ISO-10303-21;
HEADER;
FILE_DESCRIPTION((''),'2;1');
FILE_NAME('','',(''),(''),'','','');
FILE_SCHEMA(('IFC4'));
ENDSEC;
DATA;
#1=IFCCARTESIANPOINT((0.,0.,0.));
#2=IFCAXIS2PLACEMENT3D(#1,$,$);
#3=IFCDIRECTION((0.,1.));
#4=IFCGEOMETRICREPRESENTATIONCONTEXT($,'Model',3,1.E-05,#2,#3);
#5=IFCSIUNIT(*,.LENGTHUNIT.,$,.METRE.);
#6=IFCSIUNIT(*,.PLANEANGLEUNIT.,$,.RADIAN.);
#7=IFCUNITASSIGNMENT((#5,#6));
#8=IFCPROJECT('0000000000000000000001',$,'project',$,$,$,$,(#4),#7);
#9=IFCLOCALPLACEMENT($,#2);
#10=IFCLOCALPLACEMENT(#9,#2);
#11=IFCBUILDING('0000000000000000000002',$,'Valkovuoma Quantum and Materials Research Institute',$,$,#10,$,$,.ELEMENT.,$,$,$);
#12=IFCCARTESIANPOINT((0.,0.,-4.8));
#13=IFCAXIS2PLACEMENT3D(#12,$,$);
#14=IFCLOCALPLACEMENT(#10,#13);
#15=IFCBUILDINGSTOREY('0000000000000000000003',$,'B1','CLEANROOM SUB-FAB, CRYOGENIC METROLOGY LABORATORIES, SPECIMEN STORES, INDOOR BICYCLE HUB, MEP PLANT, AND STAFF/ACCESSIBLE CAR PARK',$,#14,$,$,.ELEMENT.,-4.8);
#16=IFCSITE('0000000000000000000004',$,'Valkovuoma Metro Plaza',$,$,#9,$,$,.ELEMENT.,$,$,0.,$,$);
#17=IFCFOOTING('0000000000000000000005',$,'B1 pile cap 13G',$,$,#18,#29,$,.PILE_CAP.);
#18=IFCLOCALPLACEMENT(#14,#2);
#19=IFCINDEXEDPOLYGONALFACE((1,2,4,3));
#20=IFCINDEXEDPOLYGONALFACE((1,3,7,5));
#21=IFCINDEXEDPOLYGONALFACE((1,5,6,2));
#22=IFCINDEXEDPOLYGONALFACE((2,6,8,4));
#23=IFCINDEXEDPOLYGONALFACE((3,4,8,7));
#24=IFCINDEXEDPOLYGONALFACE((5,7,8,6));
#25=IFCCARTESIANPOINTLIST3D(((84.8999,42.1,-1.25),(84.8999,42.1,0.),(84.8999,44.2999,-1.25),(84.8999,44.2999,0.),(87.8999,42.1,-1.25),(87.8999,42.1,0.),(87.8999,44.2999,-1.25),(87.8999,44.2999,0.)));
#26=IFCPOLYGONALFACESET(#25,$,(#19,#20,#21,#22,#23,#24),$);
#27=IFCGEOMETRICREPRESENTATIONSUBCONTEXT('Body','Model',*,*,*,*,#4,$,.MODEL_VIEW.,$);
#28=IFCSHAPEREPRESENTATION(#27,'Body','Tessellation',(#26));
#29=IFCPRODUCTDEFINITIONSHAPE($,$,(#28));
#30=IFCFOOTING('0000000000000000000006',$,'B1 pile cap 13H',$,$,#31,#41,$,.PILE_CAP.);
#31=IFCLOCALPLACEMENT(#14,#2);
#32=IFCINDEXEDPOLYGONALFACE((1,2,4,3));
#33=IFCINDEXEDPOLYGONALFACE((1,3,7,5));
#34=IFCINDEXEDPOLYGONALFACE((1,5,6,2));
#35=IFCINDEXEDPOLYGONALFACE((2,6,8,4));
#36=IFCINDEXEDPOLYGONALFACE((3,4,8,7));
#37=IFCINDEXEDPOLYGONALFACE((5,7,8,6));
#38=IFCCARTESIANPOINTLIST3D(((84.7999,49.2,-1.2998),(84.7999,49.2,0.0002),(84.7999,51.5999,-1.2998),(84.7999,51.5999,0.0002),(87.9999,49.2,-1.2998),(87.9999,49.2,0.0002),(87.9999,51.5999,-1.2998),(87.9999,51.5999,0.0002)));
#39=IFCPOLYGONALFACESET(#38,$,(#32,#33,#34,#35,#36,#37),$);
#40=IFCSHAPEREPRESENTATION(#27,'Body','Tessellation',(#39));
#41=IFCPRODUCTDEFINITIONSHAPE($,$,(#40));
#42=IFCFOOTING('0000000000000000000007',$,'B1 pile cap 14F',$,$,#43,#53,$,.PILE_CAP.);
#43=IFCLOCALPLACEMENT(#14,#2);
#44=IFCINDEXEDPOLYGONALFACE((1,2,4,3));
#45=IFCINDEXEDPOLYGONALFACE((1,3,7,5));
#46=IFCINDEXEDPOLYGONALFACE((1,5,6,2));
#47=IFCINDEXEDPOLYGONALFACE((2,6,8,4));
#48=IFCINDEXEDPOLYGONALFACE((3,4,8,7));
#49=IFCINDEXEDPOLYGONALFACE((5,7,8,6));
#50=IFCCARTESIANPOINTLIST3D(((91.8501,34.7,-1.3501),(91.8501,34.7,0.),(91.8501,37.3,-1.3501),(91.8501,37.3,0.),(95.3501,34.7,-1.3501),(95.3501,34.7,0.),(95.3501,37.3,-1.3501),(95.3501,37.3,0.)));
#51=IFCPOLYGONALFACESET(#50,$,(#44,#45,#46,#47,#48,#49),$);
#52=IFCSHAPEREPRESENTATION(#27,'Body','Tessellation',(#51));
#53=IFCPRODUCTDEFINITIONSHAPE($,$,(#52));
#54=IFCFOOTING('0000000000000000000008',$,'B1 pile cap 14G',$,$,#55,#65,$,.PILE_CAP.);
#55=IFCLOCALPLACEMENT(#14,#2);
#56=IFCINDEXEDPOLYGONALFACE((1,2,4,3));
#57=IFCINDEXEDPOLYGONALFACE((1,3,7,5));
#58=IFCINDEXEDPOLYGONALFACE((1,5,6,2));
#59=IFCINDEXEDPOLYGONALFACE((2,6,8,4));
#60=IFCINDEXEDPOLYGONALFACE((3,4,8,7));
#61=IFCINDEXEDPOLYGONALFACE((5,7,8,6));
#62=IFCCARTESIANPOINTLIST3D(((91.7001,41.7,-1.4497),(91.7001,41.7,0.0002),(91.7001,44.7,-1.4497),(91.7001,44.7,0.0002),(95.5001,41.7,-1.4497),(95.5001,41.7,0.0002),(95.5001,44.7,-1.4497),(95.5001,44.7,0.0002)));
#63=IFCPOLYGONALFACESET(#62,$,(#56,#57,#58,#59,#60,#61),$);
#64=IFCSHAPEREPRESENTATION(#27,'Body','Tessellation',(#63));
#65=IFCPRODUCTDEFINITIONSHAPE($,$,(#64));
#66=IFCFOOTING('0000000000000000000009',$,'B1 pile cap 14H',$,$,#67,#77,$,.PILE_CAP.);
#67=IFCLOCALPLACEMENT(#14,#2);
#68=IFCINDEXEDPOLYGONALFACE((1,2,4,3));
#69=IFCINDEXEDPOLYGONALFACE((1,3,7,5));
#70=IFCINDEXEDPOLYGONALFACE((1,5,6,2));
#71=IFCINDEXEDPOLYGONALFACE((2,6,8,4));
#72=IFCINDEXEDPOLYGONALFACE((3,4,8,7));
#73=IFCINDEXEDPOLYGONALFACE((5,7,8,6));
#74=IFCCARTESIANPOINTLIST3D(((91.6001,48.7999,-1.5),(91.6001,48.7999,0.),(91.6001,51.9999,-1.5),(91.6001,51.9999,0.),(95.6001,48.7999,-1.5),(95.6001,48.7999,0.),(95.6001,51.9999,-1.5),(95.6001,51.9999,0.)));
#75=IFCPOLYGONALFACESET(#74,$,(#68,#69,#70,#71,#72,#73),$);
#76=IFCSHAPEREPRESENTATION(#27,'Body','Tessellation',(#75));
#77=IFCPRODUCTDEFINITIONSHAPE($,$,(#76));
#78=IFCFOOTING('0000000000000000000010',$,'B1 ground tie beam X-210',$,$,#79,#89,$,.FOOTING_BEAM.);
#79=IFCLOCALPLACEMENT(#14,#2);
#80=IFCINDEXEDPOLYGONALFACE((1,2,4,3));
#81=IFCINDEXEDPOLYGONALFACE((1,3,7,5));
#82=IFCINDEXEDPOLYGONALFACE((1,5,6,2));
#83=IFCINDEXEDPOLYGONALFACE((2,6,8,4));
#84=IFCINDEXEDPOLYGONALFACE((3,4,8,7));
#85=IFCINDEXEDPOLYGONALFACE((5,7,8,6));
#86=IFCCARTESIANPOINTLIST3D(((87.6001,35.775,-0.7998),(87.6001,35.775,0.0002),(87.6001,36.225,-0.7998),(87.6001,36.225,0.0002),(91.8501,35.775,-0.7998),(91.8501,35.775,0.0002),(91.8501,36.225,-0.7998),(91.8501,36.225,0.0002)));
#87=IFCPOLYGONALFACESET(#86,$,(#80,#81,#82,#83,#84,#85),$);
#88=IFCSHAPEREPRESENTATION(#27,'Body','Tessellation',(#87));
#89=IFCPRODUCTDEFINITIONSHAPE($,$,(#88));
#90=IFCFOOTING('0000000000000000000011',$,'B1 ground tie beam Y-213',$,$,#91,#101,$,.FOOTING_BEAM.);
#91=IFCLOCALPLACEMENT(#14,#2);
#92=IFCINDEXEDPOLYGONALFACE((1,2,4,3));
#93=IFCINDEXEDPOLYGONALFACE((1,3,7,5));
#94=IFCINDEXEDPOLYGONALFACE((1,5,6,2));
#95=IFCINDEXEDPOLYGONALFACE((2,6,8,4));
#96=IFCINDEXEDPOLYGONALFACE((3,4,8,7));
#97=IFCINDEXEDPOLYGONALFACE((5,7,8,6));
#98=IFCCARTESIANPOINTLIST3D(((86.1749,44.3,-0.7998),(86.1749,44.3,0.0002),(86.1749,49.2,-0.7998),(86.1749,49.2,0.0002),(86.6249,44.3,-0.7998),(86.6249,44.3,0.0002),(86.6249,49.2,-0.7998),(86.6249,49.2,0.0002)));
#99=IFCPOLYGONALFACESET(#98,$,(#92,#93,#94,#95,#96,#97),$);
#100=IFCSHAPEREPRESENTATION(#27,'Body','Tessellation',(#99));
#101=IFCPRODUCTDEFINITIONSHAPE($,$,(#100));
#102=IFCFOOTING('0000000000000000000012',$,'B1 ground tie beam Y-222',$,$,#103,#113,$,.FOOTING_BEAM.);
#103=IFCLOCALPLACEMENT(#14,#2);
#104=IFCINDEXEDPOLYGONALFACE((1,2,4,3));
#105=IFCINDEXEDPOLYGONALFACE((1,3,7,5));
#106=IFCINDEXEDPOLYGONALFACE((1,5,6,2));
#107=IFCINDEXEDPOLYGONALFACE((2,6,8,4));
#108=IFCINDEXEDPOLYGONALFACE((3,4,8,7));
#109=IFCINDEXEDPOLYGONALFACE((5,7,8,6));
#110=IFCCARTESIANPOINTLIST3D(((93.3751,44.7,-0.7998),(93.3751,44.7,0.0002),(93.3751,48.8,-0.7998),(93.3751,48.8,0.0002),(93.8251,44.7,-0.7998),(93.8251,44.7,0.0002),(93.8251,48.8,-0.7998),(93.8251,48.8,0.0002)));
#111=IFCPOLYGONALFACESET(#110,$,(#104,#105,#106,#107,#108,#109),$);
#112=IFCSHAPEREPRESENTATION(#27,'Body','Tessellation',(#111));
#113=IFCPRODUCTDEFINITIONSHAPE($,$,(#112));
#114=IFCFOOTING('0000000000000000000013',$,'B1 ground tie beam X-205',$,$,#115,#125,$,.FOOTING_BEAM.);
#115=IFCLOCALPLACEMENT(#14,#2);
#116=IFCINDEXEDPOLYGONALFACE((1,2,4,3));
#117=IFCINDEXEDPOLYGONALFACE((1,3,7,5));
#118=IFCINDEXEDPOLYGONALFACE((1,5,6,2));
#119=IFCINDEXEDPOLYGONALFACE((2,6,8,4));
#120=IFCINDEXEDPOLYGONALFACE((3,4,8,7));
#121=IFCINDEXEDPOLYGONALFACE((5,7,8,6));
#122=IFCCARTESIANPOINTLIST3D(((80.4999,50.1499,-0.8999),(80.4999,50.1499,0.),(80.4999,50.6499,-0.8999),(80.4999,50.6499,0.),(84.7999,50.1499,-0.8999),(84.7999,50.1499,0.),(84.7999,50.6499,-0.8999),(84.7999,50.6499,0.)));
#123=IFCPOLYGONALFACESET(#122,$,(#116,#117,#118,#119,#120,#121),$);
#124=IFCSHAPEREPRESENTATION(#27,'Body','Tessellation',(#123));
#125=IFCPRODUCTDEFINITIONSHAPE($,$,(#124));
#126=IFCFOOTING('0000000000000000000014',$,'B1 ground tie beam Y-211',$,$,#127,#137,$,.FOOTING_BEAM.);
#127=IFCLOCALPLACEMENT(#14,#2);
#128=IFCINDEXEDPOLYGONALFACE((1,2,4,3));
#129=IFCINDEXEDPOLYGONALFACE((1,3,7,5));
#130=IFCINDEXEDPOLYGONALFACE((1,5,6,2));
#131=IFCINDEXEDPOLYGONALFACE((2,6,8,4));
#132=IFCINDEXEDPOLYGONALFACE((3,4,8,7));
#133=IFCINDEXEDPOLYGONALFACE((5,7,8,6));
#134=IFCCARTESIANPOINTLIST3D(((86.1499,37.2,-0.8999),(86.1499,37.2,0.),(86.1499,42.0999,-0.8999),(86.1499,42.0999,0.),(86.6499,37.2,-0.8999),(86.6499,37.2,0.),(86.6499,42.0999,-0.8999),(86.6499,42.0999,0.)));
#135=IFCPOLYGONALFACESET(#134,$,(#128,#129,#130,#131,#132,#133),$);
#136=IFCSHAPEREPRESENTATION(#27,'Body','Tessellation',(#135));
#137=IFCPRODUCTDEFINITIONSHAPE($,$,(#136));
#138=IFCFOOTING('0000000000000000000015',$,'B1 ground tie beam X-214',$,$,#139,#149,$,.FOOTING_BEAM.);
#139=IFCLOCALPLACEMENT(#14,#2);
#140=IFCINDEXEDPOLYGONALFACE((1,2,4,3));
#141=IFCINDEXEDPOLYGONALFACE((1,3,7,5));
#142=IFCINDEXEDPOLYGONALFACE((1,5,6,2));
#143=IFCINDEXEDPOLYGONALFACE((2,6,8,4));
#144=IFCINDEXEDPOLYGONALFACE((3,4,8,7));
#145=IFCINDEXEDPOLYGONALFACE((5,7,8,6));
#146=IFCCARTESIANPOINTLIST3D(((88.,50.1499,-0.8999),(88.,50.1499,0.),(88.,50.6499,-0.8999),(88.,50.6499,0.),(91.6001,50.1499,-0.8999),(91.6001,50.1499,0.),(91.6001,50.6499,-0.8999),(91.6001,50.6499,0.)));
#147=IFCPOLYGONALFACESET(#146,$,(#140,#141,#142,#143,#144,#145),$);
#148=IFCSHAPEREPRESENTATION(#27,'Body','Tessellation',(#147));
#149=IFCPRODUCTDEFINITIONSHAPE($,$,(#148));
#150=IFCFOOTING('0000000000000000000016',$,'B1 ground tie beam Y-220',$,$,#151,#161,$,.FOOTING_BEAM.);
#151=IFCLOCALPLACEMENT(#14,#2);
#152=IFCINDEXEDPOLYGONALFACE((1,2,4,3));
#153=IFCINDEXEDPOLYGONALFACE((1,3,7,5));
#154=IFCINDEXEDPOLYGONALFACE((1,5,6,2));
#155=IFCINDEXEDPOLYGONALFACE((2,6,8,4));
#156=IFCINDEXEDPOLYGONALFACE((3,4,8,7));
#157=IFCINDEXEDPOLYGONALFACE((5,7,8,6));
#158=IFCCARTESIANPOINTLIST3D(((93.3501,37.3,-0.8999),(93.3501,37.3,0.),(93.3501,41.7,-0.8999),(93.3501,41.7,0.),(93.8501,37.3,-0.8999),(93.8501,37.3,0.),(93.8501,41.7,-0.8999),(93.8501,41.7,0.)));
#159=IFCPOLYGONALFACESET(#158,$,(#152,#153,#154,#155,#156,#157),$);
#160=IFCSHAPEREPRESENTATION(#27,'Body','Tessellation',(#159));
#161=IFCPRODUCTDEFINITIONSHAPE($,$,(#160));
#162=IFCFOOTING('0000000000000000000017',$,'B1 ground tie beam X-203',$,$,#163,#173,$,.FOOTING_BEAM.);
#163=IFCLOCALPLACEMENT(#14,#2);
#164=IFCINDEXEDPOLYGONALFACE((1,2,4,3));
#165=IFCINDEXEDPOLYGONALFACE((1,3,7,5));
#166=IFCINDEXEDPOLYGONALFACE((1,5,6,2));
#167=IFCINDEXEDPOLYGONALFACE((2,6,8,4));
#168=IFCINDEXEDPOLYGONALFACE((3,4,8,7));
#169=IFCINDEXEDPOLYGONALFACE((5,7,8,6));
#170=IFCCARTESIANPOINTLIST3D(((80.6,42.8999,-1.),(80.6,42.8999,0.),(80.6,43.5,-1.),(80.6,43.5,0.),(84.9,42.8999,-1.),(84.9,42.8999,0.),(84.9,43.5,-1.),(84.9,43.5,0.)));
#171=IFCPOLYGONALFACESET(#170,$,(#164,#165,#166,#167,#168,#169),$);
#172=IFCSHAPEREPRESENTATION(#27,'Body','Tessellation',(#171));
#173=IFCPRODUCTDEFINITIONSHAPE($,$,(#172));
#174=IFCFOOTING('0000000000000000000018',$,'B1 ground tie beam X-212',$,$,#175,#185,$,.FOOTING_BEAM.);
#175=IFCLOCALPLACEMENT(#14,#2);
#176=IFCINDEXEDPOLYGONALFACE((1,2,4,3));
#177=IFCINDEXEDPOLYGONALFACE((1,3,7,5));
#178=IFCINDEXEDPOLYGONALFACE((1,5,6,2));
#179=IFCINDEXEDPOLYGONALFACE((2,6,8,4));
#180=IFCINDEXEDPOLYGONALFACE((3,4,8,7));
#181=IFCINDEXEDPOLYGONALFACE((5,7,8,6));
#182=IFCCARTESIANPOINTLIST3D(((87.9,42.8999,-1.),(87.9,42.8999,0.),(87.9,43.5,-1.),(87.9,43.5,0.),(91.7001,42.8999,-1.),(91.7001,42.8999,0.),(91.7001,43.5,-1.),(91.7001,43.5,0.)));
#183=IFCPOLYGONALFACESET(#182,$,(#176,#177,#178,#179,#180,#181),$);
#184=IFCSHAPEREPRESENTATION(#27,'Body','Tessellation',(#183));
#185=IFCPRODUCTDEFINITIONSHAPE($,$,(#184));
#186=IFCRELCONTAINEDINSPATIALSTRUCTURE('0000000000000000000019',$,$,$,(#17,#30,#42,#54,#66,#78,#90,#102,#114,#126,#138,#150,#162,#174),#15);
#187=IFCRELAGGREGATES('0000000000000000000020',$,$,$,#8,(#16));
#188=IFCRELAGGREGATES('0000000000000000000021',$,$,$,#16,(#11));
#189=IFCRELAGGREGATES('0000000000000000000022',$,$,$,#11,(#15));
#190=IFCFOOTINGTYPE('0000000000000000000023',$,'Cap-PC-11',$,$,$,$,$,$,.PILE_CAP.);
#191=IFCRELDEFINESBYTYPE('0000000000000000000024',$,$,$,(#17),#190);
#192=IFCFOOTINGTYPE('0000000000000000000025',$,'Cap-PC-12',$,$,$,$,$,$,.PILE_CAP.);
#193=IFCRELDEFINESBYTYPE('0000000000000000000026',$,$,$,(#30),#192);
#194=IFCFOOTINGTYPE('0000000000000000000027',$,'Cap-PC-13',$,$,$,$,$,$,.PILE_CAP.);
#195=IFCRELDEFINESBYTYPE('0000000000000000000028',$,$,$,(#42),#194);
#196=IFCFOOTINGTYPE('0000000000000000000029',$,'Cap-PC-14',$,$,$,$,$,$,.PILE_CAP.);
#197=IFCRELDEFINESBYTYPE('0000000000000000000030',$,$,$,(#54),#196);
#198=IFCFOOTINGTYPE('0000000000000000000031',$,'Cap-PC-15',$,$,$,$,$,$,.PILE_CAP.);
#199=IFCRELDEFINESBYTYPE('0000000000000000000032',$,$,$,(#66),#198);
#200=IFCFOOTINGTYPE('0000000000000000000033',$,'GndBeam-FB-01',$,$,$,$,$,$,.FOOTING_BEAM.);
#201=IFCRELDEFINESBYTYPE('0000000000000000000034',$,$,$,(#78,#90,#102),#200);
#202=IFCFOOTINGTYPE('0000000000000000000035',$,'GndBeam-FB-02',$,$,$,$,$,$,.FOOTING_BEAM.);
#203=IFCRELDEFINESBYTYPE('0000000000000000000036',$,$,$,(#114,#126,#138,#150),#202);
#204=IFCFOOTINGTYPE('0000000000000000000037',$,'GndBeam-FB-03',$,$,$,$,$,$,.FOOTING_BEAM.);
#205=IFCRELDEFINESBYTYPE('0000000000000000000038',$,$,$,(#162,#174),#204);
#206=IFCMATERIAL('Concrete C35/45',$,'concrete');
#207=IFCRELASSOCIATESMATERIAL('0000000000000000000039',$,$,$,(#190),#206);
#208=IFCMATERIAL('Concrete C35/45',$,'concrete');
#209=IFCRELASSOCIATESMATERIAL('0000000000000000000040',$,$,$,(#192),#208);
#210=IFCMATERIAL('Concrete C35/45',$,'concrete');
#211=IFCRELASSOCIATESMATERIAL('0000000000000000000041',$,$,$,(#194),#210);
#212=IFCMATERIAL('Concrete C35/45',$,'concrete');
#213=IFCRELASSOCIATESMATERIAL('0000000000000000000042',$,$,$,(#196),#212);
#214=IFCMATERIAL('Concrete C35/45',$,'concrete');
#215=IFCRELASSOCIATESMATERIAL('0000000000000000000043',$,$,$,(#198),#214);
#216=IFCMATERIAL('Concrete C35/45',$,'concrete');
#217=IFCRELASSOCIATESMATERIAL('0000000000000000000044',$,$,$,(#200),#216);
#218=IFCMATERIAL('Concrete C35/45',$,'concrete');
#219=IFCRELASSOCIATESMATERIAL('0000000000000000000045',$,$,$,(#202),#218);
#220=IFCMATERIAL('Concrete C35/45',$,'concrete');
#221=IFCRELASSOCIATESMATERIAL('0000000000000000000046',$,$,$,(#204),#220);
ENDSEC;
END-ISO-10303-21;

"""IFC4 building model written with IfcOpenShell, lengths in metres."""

from ifc_helpers import new_model, si_unit, direction, frame, origin, origin_2d, place, context, subcontext, project, spatial, rectangle, extrude, material, type_object, element, save


model = new_model("IFC4")

# Units and contexts
model_context = context("Model", 3, precision=1e-05, world=origin(), true_north=direction((0.0, 1.0)))
body_context = subcontext(model_context, "Body", "Model", "MODEL_VIEW")
ifc_project = project(units=[si_unit("LENGTHUNIT", "METRE"), si_unit("PLANEANGLEUNIT", "RADIAN")], contexts=[model_context])

# Site, building, storey
site_placement = place(None, origin())
site = spatial("IfcSite", under=ifc_project, at=site_placement, Name="Valkovuoma Metro Plaza", CompositionType="ELEMENT", RefElevation=0.0)
building_placement = place(site_placement, origin())
building = spatial("IfcBuilding", under=site, at=building_placement, Name="Valkovuoma Quantum and Materials Research Institute", CompositionType="ELEMENT")
storey_placement = place(building_placement, frame((0.0, 0.0, -4.8)))
storey = spatial("IfcBuildingStorey", under=building, at=storey_placement, Name="B1", Description="CLEANROOM SUB-FAB, CRYOGENIC METROLOGY LABORATORIES, SPECIMEN STORES, INDOOR BICYCLE HUB, MEP PLANT, AND STAFF/ACCESSIBLE CAR PARK", CompositionType="ELEMENT", Elevation=-4.8)

# Footings
ifc_material_1 = material(Name="Concrete C35/45", Category="concrete")
footing_type_1 = type_object("IfcFootingType", Name="Cap-PC-11", PredefinedType="PILE_CAP", material=ifc_material_1)
footing_1_placement = place(storey_placement, frame((86.3999, 43.2, -1.25), z_axis=(0.0, 0.0, 1.0), x_axis=(1.0, 0.0, 0.0)))
element("IfcFooting", 1, at=footing_1_placement, inside=storey, type_object=footing_type_1, Name="B1 pile cap 13G", PredefinedType="PILE_CAP", context=body_context, shape_type="SweptSolid", body=[
    extrude(rectangle(XDim=3.0, YDim=2.2, at=origin_2d()), origin(), (0.0, 0.0, 1.0), 1.25),
])
ifc_material_2 = material(Name="Concrete C35/45", Category="concrete")
footing_type_2 = type_object("IfcFootingType", Name="Cap-PC-12", PredefinedType="PILE_CAP", material=ifc_material_2)
footing_2_placement = place(storey_placement, frame((86.3999, 50.3999, -1.2998), z_axis=(0.0, 0.0, 1.0), x_axis=(1.0, 0.0, 0.0)))
element("IfcFooting", 2, at=footing_2_placement, inside=storey, type_object=footing_type_2, Name="B1 pile cap 13H", PredefinedType="PILE_CAP", context=body_context, shape_type="SweptSolid", body=[
    extrude(rectangle(XDim=3.2, YDim=2.3999, at=origin_2d()), origin(), (0.0, 0.0, 1.0), 1.3),
])
ifc_material_3 = material(Name="Concrete C35/45", Category="concrete")
footing_type_3 = type_object("IfcFootingType", Name="Cap-PC-13", PredefinedType="PILE_CAP", material=ifc_material_3)
footing_3_placement = place(storey_placement, frame((93.6001, 36.0, -1.3501), z_axis=(0.0, 0.0, 1.0), x_axis=(1.0, 0.0, 0.0)))
element("IfcFooting", 3, at=footing_3_placement, inside=storey, type_object=footing_type_3, Name="B1 pile cap 14F", PredefinedType="PILE_CAP", context=body_context, shape_type="SweptSolid", body=[
    extrude(rectangle(XDim=3.5, YDim=2.6001, at=origin_2d()), origin(), (0.0, 0.0, 1.0), 1.3501),
])
ifc_material_4 = material(Name="Concrete C35/45", Category="concrete")
footing_type_4 = type_object("IfcFootingType", Name="Cap-PC-14", PredefinedType="PILE_CAP", material=ifc_material_4)
footing_4_placement = place(storey_placement, frame((93.6001, 43.2, -1.4497), z_axis=(0.0, 0.0, 1.0), x_axis=(1.0, 0.0, 0.0)))
element("IfcFooting", 4, at=footing_4_placement, inside=storey, type_object=footing_type_4, Name="B1 pile cap 14G", PredefinedType="PILE_CAP", context=body_context, shape_type="SweptSolid", body=[
    extrude(rectangle(XDim=3.8, YDim=3.0, at=origin_2d()), origin(), (0.0, 0.0, 1.0), 1.45),
])
ifc_material_5 = material(Name="Concrete C35/45", Category="concrete")
footing_type_5 = type_object("IfcFootingType", Name="Cap-PC-15", PredefinedType="PILE_CAP", material=ifc_material_5)
footing_5_placement = place(storey_placement, frame((93.6001, 50.3999, -1.5), z_axis=(0.0, 0.0, 1.0), x_axis=(1.0, 0.0, 0.0)))
element("IfcFooting", 5, at=footing_5_placement, inside=storey, type_object=footing_type_5, Name="B1 pile cap 14H", PredefinedType="PILE_CAP", context=body_context, shape_type="SweptSolid", body=[
    extrude(rectangle(XDim=4.0, YDim=3.2, at=origin_2d()), origin(), (0.0, 0.0, 1.0), 1.5),
])
ifc_material_6 = material(Name="Concrete C35/45", Category="concrete")
footing_type_6 = type_object("IfcFootingType", Name="GndBeam-FB-01", PredefinedType="FOOTING_BEAM", material=ifc_material_6)
footing_6_placement = place(storey_placement, frame((89.7251, 36.0, -0.7998), z_axis=(0.0, 0.0, 1.0), x_axis=(1.0, 0.0, 0.0)))
element("IfcFooting", 6, at=footing_6_placement, inside=storey, type_object=footing_type_6, Name="B1 ground tie beam X-210", PredefinedType="FOOTING_BEAM", context=body_context, shape_type="SweptSolid", body=[
    extrude(rectangle(XDim=4.25, YDim=0.45, at=origin_2d()), origin(), (0.0, 0.0, 1.0), 0.8),
])
footing_7_placement = place(storey_placement, frame((86.3999, 46.75, -0.7998), z_axis=(0.0, 0.0, 1.0), x_axis=(0.0, 1.0, 0.0)))
element("IfcFooting", 7, at=footing_7_placement, inside=storey, type_object=footing_type_6, Name="B1 ground tie beam Y-213", PredefinedType="FOOTING_BEAM", context=body_context, shape_type="SweptSolid", body=[
    extrude(rectangle(XDim=4.8999, YDim=0.45, at=origin_2d()), origin(), (0.0, 0.0, 1.0), 0.8),
])
footing_8_placement = place(storey_placement, frame((93.6001, 46.75, -0.7998), z_axis=(0.0, 0.0, 1.0), x_axis=(0.0, 1.0, 0.0)))
element("IfcFooting", 8, at=footing_8_placement, inside=storey, type_object=footing_type_6, Name="B1 ground tie beam Y-222", PredefinedType="FOOTING_BEAM", context=body_context, shape_type="SweptSolid", body=[
    extrude(rectangle(XDim=4.1001, YDim=0.45, at=origin_2d()), origin(), (0.0, 0.0, 1.0), 0.8),
])
ifc_material_7 = material(Name="Concrete C35/45", Category="concrete")
footing_type_7 = type_object("IfcFootingType", Name="GndBeam-FB-02", PredefinedType="FOOTING_BEAM", material=ifc_material_7)
footing_9_placement = place(storey_placement, frame((82.6499, 50.3999, -0.8999), z_axis=(0.0, 0.0, 1.0), x_axis=(1.0, 0.0, 0.0)))
element("IfcFooting", 9, at=footing_9_placement, inside=storey, type_object=footing_type_7, Name="B1 ground tie beam X-205", PredefinedType="FOOTING_BEAM", context=body_context, shape_type="SweptSolid", body=[
    extrude(rectangle(XDim=4.3, YDim=0.5, at=origin_2d()), origin(), (0.0, 0.0, 1.0), 0.8999),
])
footing_10_placement = place(storey_placement, frame((86.3999, 39.6499, -0.8999), z_axis=(0.0, 0.0, 1.0), x_axis=(0.0, 1.0, 0.0)))
element("IfcFooting", 10, at=footing_10_placement, inside=storey, type_object=footing_type_7, Name="B1 ground tie beam Y-211", PredefinedType="FOOTING_BEAM", context=body_context, shape_type="SweptSolid", body=[
    extrude(rectangle(XDim=4.8999, YDim=0.5, at=origin_2d()), origin(), (0.0, 0.0, 1.0), 0.8999),
])
footing_11_placement = place(storey_placement, frame((89.8, 50.3999, -0.8999), z_axis=(0.0, 0.0, 1.0), x_axis=(1.0, 0.0, 0.0)))
element("IfcFooting", 11, at=footing_11_placement, inside=storey, type_object=footing_type_7, Name="B1 ground tie beam X-214", PredefinedType="FOOTING_BEAM", context=body_context, shape_type="SweptSolid", body=[
    extrude(rectangle(XDim=3.6001, YDim=0.5, at=origin_2d()), origin(), (0.0, 0.0, 1.0), 0.8999),
])
footing_12_placement = place(storey_placement, frame((93.6001, 39.5, -0.8999), z_axis=(0.0, 0.0, 1.0), x_axis=(0.0, 1.0, 0.0)))
element("IfcFooting", 12, at=footing_12_placement, inside=storey, type_object=footing_type_7, Name="B1 ground tie beam Y-220", PredefinedType="FOOTING_BEAM", context=body_context, shape_type="SweptSolid", body=[
    extrude(rectangle(XDim=4.3999, YDim=0.5, at=origin_2d()), origin(), (0.0, 0.0, 1.0), 0.8999),
])
ifc_material_8 = material(Name="Concrete C35/45", Category="concrete")
footing_type_8 = type_object("IfcFootingType", Name="GndBeam-FB-03", PredefinedType="FOOTING_BEAM", material=ifc_material_8)
footing_13_placement = place(storey_placement, frame((82.75, 43.2, -1.0), z_axis=(0.0, 0.0, 1.0), x_axis=(1.0, 0.0, 0.0)))
element("IfcFooting", 13, at=footing_13_placement, inside=storey, type_object=footing_type_8, Name="B1 ground tie beam X-203", PredefinedType="FOOTING_BEAM", context=body_context, shape_type="SweptSolid", body=[
    extrude(rectangle(XDim=4.3, YDim=0.6001, at=origin_2d()), origin(), (0.0, 0.0, 1.0), 1.0),
])
footing_14_placement = place(storey_placement, frame((89.8, 43.2, -1.0), z_axis=(0.0, 0.0, 1.0), x_axis=(1.0, 0.0, 0.0)))
element("IfcFooting", 14, at=footing_14_placement, inside=storey, type_object=footing_type_8, Name="B1 ground tie beam X-212", PredefinedType="FOOTING_BEAM", context=body_context, shape_type="SweptSolid", body=[
    extrude(rectangle(XDim=3.8, YDim=0.6001, at=origin_2d()), origin(), (0.0, 0.0, 1.0), 1.0),
])

save(model, "model.ifc")
